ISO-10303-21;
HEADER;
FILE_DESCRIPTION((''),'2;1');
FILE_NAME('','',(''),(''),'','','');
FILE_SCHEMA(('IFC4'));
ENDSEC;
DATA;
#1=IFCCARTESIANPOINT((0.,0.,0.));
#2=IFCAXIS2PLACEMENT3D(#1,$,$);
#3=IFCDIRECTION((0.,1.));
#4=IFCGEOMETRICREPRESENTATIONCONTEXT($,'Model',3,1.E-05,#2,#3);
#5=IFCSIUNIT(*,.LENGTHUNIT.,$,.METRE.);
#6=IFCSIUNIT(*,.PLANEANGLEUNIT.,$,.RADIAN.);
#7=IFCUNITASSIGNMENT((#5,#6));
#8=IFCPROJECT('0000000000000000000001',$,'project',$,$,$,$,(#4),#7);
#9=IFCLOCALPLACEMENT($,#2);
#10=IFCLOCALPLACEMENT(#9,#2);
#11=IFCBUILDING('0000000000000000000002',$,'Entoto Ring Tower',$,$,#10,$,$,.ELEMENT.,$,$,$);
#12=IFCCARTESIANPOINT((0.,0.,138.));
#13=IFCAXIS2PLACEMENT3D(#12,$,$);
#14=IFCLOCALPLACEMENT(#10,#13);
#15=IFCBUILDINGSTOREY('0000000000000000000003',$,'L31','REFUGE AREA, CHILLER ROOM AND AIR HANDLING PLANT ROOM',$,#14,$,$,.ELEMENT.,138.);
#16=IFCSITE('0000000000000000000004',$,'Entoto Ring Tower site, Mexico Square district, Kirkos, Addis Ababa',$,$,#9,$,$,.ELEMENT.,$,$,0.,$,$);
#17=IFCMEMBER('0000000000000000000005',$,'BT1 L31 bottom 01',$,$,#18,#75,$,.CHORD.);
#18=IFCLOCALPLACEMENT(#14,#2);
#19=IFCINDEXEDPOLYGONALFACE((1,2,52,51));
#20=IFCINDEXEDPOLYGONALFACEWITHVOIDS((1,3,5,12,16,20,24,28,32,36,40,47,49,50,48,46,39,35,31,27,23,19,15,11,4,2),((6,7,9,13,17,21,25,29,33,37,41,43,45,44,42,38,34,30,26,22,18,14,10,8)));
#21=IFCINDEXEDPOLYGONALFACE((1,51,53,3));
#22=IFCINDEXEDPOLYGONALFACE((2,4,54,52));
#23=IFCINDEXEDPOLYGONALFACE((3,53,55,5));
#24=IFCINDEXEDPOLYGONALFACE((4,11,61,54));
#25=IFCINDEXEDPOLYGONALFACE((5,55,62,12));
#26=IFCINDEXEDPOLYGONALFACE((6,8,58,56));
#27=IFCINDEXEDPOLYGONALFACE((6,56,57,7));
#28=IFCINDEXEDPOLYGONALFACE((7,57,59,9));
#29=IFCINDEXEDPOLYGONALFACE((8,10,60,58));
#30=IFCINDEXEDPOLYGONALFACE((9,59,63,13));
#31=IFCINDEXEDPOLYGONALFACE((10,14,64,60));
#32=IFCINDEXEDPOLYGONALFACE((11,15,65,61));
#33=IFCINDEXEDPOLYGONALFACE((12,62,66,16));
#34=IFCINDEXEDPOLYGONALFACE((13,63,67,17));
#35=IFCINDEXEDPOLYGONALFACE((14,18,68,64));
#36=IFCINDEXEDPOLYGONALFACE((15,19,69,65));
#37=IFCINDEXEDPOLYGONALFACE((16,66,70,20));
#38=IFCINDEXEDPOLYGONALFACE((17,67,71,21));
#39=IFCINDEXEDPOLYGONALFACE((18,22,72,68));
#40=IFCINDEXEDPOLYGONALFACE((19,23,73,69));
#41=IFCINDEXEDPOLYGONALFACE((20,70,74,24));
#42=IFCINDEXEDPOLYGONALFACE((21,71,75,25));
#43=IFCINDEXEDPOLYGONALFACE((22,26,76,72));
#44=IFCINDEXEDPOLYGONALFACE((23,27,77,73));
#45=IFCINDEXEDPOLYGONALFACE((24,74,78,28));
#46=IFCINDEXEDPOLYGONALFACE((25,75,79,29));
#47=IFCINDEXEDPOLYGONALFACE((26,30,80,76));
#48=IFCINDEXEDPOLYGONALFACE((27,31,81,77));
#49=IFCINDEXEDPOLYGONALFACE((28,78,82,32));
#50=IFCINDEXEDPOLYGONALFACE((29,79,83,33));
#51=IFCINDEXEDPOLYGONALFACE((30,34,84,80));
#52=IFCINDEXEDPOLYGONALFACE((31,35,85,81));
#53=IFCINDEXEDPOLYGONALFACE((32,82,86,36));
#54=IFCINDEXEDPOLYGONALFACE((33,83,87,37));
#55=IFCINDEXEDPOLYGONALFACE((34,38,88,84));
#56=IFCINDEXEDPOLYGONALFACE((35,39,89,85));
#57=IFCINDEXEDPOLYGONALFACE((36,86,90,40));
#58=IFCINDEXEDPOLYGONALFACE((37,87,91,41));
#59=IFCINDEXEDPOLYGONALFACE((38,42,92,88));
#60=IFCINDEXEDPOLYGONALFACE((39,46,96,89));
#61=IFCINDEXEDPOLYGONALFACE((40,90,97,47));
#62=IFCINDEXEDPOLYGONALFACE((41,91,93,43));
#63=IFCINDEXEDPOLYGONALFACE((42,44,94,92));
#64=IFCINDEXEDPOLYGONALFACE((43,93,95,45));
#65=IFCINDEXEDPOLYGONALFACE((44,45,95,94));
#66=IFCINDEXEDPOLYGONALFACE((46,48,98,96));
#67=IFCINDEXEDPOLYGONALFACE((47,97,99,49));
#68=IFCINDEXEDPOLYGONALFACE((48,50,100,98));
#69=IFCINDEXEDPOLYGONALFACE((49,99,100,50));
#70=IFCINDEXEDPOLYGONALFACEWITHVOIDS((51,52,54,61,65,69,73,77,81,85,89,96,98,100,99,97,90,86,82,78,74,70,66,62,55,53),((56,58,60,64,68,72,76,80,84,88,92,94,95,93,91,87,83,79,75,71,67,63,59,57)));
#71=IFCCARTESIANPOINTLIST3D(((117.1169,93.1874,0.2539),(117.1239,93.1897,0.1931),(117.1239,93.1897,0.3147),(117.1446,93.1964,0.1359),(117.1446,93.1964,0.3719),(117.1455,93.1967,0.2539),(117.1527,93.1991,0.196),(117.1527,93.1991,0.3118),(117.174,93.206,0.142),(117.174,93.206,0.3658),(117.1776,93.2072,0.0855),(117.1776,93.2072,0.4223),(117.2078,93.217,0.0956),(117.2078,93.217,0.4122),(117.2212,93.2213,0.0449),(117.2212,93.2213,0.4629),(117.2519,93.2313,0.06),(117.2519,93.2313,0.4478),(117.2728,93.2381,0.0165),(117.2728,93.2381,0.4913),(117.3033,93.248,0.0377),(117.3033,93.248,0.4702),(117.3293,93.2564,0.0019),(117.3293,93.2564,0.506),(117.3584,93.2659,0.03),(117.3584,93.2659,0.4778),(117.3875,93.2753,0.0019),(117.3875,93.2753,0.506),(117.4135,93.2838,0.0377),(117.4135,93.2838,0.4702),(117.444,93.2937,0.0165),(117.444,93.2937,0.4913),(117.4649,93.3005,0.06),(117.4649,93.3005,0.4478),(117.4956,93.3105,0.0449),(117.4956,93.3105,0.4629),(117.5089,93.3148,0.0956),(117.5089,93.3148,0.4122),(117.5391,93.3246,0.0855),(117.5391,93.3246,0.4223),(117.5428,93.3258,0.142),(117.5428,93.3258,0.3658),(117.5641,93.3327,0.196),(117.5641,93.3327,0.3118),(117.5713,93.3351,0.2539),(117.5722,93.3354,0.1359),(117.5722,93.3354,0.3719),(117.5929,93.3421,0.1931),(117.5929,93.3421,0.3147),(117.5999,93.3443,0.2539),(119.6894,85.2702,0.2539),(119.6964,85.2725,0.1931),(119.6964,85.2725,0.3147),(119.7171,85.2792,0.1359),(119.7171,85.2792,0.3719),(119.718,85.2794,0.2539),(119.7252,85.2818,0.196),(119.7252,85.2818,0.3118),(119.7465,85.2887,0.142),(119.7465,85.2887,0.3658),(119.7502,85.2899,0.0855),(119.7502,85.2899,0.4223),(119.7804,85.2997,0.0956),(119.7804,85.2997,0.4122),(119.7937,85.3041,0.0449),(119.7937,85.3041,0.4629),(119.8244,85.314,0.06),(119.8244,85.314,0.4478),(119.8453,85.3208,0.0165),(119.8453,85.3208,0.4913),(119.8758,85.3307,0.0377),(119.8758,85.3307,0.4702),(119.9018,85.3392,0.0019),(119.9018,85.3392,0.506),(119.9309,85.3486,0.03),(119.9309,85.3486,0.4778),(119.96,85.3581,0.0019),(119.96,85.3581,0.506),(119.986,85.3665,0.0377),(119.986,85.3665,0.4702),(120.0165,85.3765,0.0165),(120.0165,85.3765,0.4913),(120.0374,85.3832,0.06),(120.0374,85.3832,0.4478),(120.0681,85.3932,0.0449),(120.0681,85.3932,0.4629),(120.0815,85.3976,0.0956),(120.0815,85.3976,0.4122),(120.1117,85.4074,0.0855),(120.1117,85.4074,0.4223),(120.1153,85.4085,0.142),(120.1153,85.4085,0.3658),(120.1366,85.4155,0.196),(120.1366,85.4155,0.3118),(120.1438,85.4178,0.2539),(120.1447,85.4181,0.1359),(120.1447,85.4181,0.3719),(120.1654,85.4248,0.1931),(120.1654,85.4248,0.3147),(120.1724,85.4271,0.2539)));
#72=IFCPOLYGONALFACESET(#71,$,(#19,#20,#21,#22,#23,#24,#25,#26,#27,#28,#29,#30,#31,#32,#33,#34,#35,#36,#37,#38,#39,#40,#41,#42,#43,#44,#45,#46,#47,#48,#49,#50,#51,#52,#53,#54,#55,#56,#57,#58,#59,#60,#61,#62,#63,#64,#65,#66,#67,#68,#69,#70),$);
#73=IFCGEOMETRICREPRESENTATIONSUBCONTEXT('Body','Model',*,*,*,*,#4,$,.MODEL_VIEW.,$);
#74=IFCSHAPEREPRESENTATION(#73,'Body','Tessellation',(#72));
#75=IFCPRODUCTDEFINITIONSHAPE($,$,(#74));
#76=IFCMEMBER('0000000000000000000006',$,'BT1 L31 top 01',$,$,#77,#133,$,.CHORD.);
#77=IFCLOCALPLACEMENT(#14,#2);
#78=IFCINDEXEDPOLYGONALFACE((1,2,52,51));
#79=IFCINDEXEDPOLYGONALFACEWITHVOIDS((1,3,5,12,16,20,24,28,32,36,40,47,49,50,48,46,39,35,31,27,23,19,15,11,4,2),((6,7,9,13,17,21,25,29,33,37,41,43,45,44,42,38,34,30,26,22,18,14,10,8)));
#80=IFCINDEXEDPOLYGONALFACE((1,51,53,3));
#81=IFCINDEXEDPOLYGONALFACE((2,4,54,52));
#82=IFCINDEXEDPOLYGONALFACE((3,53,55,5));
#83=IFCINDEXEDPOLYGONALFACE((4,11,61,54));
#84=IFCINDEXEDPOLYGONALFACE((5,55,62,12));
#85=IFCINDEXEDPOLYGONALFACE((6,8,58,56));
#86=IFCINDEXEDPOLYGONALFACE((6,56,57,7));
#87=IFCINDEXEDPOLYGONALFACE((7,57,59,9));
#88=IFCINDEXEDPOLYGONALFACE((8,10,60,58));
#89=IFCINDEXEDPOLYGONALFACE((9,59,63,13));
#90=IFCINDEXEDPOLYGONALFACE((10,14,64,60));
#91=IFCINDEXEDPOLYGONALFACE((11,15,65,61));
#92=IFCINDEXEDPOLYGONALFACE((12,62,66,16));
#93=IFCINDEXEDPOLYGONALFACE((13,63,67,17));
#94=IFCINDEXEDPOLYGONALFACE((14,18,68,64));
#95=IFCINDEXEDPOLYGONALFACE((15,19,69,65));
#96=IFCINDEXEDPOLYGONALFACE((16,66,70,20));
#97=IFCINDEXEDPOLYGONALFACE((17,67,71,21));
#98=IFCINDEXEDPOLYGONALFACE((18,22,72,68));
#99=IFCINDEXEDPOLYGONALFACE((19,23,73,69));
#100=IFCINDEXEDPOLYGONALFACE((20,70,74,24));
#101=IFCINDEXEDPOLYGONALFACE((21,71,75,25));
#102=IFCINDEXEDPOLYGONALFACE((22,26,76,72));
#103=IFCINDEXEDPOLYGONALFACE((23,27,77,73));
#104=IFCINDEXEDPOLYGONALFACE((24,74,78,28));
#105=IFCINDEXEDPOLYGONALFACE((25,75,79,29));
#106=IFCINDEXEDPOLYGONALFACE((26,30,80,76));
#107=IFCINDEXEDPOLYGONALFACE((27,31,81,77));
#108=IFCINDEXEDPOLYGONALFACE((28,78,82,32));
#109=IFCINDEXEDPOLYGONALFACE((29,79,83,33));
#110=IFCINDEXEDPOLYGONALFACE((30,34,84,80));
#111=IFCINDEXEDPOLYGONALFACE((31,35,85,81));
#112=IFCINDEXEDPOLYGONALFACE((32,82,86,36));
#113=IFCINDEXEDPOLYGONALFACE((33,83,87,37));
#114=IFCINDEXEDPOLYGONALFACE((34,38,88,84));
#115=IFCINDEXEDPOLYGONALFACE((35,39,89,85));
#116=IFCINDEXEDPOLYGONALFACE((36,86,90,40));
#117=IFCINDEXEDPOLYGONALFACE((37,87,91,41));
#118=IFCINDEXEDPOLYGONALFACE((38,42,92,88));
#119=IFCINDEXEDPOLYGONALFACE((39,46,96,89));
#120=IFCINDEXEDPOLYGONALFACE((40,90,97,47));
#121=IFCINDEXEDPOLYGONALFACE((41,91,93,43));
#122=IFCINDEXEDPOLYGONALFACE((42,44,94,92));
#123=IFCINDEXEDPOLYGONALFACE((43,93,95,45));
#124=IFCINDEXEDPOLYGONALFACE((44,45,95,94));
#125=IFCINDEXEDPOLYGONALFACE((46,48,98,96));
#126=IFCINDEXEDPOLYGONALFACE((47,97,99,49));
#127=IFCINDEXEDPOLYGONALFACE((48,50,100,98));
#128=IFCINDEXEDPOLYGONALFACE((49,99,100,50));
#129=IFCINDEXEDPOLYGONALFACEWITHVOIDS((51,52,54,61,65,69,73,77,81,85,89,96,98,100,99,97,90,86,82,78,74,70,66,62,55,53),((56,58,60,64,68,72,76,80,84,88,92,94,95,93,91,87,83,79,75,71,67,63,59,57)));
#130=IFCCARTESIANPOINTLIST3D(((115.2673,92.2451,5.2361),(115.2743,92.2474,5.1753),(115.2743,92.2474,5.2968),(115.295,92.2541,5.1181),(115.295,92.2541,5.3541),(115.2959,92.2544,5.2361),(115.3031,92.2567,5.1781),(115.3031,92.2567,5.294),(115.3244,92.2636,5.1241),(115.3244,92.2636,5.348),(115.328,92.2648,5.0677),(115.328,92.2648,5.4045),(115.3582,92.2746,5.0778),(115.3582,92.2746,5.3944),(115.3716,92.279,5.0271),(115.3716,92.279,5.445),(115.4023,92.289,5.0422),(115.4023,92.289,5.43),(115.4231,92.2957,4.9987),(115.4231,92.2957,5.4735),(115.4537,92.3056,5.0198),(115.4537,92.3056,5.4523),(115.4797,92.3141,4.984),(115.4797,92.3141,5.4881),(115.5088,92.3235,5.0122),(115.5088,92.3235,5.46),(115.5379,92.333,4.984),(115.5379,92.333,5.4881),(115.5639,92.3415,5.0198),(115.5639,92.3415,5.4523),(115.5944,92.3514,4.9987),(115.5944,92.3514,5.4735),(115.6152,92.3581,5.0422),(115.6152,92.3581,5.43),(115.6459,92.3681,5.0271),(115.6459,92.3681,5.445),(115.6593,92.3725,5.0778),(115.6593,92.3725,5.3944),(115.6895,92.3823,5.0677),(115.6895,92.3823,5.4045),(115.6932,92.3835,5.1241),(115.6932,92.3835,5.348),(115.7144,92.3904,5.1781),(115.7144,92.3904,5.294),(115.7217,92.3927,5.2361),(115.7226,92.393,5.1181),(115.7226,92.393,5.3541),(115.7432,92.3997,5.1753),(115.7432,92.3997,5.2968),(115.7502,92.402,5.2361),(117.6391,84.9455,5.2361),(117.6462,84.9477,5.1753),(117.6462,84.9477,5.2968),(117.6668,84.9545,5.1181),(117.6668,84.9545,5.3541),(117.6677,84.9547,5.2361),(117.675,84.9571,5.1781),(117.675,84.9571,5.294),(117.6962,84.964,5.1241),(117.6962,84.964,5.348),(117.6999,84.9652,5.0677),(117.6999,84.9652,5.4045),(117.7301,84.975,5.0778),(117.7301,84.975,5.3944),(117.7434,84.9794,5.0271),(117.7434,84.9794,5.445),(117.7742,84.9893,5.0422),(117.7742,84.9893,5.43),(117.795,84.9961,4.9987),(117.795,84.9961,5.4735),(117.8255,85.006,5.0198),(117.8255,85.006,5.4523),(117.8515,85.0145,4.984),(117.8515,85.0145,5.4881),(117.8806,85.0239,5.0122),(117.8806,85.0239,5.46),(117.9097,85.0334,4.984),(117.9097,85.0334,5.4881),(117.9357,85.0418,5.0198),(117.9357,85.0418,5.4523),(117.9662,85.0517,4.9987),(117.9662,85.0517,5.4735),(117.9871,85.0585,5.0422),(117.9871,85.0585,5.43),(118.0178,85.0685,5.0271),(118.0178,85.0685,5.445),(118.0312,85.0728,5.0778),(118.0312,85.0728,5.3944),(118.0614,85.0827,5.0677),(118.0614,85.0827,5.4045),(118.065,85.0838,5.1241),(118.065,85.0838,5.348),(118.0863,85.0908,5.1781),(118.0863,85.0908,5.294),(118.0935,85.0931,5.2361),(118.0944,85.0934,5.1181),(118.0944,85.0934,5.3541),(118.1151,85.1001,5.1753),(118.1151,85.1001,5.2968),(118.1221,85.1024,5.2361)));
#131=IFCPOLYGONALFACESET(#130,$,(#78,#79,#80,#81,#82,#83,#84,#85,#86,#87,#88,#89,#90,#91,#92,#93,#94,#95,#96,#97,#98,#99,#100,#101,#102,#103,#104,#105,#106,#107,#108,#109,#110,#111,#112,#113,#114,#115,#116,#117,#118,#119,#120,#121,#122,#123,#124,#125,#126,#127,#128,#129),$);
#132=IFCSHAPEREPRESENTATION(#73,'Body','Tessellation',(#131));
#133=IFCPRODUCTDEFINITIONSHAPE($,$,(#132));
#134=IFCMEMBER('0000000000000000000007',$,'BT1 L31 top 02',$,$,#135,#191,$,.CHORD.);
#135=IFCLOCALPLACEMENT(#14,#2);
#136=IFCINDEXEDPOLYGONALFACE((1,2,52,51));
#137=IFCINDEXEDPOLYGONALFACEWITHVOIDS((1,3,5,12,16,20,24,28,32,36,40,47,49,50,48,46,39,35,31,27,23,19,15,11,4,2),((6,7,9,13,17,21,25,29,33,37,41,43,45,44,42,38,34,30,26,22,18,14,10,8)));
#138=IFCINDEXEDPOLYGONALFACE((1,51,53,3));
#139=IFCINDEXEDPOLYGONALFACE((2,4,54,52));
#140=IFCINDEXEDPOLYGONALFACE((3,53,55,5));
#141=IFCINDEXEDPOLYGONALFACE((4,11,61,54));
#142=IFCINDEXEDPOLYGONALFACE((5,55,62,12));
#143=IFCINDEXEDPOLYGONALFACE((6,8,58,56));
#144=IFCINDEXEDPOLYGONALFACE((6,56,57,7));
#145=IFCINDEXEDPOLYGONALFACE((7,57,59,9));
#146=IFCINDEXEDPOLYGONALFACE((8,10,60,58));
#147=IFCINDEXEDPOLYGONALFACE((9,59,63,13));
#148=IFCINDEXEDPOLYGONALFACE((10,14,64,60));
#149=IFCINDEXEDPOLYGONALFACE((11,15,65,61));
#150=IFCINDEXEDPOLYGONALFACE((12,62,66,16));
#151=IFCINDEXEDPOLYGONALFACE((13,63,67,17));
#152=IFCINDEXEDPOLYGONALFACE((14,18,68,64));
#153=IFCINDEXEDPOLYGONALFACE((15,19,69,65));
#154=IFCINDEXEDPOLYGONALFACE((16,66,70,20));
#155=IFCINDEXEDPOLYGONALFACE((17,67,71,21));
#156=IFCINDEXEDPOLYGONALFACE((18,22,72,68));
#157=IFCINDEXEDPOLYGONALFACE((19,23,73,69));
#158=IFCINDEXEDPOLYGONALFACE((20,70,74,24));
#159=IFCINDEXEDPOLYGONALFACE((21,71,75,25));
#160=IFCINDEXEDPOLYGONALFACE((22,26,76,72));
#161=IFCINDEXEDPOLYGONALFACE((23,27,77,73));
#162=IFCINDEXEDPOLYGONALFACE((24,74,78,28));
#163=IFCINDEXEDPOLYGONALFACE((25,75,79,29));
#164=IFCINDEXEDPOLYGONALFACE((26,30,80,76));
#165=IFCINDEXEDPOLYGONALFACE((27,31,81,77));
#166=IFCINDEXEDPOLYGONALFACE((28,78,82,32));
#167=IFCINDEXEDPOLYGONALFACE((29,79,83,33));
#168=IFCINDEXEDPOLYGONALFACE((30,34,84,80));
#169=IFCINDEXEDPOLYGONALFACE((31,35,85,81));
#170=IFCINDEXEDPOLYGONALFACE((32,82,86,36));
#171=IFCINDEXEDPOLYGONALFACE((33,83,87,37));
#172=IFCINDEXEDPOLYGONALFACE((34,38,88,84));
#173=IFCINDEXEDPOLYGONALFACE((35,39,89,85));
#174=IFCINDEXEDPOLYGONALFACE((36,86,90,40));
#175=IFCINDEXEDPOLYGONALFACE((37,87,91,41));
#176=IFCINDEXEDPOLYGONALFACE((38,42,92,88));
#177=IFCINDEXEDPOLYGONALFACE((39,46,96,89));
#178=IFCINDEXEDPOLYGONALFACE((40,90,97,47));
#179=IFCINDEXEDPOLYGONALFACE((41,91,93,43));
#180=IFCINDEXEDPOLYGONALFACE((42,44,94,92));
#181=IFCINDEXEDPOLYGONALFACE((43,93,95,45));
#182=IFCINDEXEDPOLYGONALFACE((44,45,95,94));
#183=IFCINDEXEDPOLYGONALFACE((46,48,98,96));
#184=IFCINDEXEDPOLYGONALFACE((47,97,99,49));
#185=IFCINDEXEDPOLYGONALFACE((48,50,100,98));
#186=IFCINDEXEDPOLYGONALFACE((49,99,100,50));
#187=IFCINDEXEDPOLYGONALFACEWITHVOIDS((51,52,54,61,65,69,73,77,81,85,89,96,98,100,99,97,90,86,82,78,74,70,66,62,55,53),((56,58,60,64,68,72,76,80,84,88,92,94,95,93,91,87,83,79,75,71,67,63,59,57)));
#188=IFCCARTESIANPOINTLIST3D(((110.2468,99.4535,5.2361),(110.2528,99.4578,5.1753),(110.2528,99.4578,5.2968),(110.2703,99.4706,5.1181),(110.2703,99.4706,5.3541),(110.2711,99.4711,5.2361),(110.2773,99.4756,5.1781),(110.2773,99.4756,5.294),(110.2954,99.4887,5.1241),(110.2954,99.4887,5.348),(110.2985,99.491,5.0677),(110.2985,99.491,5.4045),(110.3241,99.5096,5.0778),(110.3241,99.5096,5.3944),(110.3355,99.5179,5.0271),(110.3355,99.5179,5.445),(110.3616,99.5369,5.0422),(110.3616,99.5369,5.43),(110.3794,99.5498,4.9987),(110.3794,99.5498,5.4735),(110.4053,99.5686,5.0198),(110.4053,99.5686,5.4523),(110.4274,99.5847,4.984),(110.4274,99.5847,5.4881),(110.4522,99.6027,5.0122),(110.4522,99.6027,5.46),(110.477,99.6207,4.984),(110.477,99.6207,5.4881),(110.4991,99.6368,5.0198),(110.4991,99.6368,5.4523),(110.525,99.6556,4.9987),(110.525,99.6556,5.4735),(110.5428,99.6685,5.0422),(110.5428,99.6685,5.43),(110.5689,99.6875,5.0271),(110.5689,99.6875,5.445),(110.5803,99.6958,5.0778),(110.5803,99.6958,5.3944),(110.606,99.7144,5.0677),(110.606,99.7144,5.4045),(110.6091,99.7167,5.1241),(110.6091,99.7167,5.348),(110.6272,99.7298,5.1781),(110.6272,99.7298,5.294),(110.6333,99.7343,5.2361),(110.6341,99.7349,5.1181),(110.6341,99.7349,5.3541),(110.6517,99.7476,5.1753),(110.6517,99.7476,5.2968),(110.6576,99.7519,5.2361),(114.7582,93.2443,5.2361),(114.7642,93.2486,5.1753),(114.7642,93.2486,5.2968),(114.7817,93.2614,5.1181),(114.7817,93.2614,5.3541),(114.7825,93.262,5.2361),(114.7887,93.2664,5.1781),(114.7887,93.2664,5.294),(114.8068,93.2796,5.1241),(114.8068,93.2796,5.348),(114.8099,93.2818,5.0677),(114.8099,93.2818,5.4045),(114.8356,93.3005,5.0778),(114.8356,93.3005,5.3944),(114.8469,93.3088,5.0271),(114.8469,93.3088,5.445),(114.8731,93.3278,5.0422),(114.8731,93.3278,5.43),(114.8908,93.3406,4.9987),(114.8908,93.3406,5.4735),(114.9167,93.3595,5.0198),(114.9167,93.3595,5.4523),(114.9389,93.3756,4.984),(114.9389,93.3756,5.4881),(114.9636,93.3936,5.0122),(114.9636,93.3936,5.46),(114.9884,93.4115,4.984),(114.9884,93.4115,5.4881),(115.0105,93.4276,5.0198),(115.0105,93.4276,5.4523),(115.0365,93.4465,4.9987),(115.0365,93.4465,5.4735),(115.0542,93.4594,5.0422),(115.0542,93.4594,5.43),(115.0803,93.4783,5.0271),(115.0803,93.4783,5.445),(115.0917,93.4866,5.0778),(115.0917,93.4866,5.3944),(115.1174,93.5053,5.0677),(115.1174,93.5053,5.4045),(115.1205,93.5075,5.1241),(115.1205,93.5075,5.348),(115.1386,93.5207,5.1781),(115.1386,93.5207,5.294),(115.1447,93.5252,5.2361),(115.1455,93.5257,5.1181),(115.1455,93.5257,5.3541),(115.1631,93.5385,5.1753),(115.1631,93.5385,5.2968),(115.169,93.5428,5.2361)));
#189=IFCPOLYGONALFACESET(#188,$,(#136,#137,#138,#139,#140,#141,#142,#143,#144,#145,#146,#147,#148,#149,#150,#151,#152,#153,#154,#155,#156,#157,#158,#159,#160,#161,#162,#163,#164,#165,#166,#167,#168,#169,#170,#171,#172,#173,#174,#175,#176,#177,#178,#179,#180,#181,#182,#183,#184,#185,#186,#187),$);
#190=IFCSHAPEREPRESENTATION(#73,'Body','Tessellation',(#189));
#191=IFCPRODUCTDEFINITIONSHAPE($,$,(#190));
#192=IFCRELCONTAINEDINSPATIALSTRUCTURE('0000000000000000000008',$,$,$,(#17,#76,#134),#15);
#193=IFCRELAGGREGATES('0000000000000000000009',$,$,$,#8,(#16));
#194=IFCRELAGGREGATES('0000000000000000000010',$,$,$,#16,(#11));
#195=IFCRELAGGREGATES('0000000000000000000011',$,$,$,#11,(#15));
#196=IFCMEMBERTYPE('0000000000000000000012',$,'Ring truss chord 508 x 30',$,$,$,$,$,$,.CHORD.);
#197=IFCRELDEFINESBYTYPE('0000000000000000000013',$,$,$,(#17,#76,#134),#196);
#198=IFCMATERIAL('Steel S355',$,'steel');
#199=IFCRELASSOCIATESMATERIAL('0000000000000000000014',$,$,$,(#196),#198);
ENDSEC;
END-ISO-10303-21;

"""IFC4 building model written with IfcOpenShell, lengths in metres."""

from ifc_helpers import new_model, si_unit, direction, frame, origin, origin_2d, place, context, subcontext, project, spatial, circle, hollow_circle, extrude, material, material_profile, profile_set, type_object, element, save


model = new_model("IFC4")

# Units and contexts
model_context = context("Model", 3, precision=1e-05, world=origin(), true_north=direction((0.0, 1.0)))
body_context = subcontext(model_context, "Body", "Model", "MODEL_VIEW")
ifc_project = project(units=[si_unit("LENGTHUNIT", "METRE"), si_unit("PLANEANGLEUNIT", "RADIAN")], contexts=[model_context])

# Site, building, storey
site_placement = place(None, origin())
site = spatial("IfcSite", under=ifc_project, at=site_placement, Name="Entoto Ring Tower site, Mexico Square district, Kirkos, Addis Ababa", CompositionType="ELEMENT", RefElevation=0.0)
building_placement = place(site_placement, origin())
building = spatial("IfcBuilding", under=site, at=building_placement, Name="Entoto Ring Tower", CompositionType="ELEMENT")
storey_placement = place(building_placement, frame((0.0, 0.0, 138.0)))
storey = spatial("IfcBuildingStorey", under=building, at=storey_placement, Name="L31", Description="REFUGE AREA, CHILLER ROOM AND AIR HANDLING PLANT ROOM", CompositionType="ELEMENT", Elevation=138.0)

# Members
ifc_material_1 = material(Name="Steel S355", Category="steel")
ifc_material_profile_1 = material_profile(ifc_material_1, hollow_circle(Radius=0.2539, WallThickness=0.03, at=origin_2d()), Name="CHS 508 x 30")
ifc_material_2 = material(Name="Concrete C60/75", Category="concrete")
ifc_material_profile_2 = material_profile(ifc_material_2, circle(Radius=0.2241, at=origin_2d()), Name="Concrete C60/75 infill")
ifc_profile_set_1 = profile_set([ifc_material_profile_1, ifc_material_profile_2], Name="Steel S355")
member_type_1 = type_object("IfcMemberType", Name="Ring truss chord 508 x 30", PredefinedType="CHORD", material=ifc_profile_set_1)
member_1_placement = place(storey_placement, frame((119.9309, 85.3486, 0.2539), z_axis=(-0.309022, 0.951055, 0.0), x_axis=(-0.951055, -0.309022, 0.0)))
element("IfcMember", 1, at=member_1_placement, inside=storey, type_object=member_type_1, Name="BT1 L31 bottom 01", PredefinedType="CHORD", context=body_context, shape_type="SweptSolid", body=[
    extrude(hollow_circle(Radius=0.2539, WallThickness=0.03, at=origin_2d()), origin(), (0.0, 0.0, 1.0), 8.3247),
])
member_2_placement = place(storey_placement, frame((117.8806, 85.0239, 5.2361), z_axis=(-0.309023, 0.951054, 0.0), x_axis=(-0.951054, -0.309023, 0.0)))
element("IfcMember", 2, at=member_2_placement, inside=storey, type_object=member_type_1, Name="BT1 L31 top 01", PredefinedType="CHORD", context=body_context, shape_type="SweptSolid", body=[
    extrude(hollow_circle(Radius=0.2539, WallThickness=0.03, at=origin_2d()), origin(), (0.0, 0.0, 1.0), 7.6753),
])
member_3_placement = place(storey_placement, frame((114.9636, 93.3936, 5.2361), z_axis=(-0.587803, 0.809004, 0.0), x_axis=(-0.809004, -0.587803, 0.0)))
element("IfcMember", 3, at=member_3_placement, inside=storey, type_object=member_type_1, Name="BT1 L31 top 02", PredefinedType="CHORD", context=body_context, shape_type="SweptSolid", body=[
    extrude(hollow_circle(Radius=0.2539, WallThickness=0.03, at=origin_2d()), origin(), (0.0, 0.0, 1.0), 7.675),
])

save(model, "model.ifc")
